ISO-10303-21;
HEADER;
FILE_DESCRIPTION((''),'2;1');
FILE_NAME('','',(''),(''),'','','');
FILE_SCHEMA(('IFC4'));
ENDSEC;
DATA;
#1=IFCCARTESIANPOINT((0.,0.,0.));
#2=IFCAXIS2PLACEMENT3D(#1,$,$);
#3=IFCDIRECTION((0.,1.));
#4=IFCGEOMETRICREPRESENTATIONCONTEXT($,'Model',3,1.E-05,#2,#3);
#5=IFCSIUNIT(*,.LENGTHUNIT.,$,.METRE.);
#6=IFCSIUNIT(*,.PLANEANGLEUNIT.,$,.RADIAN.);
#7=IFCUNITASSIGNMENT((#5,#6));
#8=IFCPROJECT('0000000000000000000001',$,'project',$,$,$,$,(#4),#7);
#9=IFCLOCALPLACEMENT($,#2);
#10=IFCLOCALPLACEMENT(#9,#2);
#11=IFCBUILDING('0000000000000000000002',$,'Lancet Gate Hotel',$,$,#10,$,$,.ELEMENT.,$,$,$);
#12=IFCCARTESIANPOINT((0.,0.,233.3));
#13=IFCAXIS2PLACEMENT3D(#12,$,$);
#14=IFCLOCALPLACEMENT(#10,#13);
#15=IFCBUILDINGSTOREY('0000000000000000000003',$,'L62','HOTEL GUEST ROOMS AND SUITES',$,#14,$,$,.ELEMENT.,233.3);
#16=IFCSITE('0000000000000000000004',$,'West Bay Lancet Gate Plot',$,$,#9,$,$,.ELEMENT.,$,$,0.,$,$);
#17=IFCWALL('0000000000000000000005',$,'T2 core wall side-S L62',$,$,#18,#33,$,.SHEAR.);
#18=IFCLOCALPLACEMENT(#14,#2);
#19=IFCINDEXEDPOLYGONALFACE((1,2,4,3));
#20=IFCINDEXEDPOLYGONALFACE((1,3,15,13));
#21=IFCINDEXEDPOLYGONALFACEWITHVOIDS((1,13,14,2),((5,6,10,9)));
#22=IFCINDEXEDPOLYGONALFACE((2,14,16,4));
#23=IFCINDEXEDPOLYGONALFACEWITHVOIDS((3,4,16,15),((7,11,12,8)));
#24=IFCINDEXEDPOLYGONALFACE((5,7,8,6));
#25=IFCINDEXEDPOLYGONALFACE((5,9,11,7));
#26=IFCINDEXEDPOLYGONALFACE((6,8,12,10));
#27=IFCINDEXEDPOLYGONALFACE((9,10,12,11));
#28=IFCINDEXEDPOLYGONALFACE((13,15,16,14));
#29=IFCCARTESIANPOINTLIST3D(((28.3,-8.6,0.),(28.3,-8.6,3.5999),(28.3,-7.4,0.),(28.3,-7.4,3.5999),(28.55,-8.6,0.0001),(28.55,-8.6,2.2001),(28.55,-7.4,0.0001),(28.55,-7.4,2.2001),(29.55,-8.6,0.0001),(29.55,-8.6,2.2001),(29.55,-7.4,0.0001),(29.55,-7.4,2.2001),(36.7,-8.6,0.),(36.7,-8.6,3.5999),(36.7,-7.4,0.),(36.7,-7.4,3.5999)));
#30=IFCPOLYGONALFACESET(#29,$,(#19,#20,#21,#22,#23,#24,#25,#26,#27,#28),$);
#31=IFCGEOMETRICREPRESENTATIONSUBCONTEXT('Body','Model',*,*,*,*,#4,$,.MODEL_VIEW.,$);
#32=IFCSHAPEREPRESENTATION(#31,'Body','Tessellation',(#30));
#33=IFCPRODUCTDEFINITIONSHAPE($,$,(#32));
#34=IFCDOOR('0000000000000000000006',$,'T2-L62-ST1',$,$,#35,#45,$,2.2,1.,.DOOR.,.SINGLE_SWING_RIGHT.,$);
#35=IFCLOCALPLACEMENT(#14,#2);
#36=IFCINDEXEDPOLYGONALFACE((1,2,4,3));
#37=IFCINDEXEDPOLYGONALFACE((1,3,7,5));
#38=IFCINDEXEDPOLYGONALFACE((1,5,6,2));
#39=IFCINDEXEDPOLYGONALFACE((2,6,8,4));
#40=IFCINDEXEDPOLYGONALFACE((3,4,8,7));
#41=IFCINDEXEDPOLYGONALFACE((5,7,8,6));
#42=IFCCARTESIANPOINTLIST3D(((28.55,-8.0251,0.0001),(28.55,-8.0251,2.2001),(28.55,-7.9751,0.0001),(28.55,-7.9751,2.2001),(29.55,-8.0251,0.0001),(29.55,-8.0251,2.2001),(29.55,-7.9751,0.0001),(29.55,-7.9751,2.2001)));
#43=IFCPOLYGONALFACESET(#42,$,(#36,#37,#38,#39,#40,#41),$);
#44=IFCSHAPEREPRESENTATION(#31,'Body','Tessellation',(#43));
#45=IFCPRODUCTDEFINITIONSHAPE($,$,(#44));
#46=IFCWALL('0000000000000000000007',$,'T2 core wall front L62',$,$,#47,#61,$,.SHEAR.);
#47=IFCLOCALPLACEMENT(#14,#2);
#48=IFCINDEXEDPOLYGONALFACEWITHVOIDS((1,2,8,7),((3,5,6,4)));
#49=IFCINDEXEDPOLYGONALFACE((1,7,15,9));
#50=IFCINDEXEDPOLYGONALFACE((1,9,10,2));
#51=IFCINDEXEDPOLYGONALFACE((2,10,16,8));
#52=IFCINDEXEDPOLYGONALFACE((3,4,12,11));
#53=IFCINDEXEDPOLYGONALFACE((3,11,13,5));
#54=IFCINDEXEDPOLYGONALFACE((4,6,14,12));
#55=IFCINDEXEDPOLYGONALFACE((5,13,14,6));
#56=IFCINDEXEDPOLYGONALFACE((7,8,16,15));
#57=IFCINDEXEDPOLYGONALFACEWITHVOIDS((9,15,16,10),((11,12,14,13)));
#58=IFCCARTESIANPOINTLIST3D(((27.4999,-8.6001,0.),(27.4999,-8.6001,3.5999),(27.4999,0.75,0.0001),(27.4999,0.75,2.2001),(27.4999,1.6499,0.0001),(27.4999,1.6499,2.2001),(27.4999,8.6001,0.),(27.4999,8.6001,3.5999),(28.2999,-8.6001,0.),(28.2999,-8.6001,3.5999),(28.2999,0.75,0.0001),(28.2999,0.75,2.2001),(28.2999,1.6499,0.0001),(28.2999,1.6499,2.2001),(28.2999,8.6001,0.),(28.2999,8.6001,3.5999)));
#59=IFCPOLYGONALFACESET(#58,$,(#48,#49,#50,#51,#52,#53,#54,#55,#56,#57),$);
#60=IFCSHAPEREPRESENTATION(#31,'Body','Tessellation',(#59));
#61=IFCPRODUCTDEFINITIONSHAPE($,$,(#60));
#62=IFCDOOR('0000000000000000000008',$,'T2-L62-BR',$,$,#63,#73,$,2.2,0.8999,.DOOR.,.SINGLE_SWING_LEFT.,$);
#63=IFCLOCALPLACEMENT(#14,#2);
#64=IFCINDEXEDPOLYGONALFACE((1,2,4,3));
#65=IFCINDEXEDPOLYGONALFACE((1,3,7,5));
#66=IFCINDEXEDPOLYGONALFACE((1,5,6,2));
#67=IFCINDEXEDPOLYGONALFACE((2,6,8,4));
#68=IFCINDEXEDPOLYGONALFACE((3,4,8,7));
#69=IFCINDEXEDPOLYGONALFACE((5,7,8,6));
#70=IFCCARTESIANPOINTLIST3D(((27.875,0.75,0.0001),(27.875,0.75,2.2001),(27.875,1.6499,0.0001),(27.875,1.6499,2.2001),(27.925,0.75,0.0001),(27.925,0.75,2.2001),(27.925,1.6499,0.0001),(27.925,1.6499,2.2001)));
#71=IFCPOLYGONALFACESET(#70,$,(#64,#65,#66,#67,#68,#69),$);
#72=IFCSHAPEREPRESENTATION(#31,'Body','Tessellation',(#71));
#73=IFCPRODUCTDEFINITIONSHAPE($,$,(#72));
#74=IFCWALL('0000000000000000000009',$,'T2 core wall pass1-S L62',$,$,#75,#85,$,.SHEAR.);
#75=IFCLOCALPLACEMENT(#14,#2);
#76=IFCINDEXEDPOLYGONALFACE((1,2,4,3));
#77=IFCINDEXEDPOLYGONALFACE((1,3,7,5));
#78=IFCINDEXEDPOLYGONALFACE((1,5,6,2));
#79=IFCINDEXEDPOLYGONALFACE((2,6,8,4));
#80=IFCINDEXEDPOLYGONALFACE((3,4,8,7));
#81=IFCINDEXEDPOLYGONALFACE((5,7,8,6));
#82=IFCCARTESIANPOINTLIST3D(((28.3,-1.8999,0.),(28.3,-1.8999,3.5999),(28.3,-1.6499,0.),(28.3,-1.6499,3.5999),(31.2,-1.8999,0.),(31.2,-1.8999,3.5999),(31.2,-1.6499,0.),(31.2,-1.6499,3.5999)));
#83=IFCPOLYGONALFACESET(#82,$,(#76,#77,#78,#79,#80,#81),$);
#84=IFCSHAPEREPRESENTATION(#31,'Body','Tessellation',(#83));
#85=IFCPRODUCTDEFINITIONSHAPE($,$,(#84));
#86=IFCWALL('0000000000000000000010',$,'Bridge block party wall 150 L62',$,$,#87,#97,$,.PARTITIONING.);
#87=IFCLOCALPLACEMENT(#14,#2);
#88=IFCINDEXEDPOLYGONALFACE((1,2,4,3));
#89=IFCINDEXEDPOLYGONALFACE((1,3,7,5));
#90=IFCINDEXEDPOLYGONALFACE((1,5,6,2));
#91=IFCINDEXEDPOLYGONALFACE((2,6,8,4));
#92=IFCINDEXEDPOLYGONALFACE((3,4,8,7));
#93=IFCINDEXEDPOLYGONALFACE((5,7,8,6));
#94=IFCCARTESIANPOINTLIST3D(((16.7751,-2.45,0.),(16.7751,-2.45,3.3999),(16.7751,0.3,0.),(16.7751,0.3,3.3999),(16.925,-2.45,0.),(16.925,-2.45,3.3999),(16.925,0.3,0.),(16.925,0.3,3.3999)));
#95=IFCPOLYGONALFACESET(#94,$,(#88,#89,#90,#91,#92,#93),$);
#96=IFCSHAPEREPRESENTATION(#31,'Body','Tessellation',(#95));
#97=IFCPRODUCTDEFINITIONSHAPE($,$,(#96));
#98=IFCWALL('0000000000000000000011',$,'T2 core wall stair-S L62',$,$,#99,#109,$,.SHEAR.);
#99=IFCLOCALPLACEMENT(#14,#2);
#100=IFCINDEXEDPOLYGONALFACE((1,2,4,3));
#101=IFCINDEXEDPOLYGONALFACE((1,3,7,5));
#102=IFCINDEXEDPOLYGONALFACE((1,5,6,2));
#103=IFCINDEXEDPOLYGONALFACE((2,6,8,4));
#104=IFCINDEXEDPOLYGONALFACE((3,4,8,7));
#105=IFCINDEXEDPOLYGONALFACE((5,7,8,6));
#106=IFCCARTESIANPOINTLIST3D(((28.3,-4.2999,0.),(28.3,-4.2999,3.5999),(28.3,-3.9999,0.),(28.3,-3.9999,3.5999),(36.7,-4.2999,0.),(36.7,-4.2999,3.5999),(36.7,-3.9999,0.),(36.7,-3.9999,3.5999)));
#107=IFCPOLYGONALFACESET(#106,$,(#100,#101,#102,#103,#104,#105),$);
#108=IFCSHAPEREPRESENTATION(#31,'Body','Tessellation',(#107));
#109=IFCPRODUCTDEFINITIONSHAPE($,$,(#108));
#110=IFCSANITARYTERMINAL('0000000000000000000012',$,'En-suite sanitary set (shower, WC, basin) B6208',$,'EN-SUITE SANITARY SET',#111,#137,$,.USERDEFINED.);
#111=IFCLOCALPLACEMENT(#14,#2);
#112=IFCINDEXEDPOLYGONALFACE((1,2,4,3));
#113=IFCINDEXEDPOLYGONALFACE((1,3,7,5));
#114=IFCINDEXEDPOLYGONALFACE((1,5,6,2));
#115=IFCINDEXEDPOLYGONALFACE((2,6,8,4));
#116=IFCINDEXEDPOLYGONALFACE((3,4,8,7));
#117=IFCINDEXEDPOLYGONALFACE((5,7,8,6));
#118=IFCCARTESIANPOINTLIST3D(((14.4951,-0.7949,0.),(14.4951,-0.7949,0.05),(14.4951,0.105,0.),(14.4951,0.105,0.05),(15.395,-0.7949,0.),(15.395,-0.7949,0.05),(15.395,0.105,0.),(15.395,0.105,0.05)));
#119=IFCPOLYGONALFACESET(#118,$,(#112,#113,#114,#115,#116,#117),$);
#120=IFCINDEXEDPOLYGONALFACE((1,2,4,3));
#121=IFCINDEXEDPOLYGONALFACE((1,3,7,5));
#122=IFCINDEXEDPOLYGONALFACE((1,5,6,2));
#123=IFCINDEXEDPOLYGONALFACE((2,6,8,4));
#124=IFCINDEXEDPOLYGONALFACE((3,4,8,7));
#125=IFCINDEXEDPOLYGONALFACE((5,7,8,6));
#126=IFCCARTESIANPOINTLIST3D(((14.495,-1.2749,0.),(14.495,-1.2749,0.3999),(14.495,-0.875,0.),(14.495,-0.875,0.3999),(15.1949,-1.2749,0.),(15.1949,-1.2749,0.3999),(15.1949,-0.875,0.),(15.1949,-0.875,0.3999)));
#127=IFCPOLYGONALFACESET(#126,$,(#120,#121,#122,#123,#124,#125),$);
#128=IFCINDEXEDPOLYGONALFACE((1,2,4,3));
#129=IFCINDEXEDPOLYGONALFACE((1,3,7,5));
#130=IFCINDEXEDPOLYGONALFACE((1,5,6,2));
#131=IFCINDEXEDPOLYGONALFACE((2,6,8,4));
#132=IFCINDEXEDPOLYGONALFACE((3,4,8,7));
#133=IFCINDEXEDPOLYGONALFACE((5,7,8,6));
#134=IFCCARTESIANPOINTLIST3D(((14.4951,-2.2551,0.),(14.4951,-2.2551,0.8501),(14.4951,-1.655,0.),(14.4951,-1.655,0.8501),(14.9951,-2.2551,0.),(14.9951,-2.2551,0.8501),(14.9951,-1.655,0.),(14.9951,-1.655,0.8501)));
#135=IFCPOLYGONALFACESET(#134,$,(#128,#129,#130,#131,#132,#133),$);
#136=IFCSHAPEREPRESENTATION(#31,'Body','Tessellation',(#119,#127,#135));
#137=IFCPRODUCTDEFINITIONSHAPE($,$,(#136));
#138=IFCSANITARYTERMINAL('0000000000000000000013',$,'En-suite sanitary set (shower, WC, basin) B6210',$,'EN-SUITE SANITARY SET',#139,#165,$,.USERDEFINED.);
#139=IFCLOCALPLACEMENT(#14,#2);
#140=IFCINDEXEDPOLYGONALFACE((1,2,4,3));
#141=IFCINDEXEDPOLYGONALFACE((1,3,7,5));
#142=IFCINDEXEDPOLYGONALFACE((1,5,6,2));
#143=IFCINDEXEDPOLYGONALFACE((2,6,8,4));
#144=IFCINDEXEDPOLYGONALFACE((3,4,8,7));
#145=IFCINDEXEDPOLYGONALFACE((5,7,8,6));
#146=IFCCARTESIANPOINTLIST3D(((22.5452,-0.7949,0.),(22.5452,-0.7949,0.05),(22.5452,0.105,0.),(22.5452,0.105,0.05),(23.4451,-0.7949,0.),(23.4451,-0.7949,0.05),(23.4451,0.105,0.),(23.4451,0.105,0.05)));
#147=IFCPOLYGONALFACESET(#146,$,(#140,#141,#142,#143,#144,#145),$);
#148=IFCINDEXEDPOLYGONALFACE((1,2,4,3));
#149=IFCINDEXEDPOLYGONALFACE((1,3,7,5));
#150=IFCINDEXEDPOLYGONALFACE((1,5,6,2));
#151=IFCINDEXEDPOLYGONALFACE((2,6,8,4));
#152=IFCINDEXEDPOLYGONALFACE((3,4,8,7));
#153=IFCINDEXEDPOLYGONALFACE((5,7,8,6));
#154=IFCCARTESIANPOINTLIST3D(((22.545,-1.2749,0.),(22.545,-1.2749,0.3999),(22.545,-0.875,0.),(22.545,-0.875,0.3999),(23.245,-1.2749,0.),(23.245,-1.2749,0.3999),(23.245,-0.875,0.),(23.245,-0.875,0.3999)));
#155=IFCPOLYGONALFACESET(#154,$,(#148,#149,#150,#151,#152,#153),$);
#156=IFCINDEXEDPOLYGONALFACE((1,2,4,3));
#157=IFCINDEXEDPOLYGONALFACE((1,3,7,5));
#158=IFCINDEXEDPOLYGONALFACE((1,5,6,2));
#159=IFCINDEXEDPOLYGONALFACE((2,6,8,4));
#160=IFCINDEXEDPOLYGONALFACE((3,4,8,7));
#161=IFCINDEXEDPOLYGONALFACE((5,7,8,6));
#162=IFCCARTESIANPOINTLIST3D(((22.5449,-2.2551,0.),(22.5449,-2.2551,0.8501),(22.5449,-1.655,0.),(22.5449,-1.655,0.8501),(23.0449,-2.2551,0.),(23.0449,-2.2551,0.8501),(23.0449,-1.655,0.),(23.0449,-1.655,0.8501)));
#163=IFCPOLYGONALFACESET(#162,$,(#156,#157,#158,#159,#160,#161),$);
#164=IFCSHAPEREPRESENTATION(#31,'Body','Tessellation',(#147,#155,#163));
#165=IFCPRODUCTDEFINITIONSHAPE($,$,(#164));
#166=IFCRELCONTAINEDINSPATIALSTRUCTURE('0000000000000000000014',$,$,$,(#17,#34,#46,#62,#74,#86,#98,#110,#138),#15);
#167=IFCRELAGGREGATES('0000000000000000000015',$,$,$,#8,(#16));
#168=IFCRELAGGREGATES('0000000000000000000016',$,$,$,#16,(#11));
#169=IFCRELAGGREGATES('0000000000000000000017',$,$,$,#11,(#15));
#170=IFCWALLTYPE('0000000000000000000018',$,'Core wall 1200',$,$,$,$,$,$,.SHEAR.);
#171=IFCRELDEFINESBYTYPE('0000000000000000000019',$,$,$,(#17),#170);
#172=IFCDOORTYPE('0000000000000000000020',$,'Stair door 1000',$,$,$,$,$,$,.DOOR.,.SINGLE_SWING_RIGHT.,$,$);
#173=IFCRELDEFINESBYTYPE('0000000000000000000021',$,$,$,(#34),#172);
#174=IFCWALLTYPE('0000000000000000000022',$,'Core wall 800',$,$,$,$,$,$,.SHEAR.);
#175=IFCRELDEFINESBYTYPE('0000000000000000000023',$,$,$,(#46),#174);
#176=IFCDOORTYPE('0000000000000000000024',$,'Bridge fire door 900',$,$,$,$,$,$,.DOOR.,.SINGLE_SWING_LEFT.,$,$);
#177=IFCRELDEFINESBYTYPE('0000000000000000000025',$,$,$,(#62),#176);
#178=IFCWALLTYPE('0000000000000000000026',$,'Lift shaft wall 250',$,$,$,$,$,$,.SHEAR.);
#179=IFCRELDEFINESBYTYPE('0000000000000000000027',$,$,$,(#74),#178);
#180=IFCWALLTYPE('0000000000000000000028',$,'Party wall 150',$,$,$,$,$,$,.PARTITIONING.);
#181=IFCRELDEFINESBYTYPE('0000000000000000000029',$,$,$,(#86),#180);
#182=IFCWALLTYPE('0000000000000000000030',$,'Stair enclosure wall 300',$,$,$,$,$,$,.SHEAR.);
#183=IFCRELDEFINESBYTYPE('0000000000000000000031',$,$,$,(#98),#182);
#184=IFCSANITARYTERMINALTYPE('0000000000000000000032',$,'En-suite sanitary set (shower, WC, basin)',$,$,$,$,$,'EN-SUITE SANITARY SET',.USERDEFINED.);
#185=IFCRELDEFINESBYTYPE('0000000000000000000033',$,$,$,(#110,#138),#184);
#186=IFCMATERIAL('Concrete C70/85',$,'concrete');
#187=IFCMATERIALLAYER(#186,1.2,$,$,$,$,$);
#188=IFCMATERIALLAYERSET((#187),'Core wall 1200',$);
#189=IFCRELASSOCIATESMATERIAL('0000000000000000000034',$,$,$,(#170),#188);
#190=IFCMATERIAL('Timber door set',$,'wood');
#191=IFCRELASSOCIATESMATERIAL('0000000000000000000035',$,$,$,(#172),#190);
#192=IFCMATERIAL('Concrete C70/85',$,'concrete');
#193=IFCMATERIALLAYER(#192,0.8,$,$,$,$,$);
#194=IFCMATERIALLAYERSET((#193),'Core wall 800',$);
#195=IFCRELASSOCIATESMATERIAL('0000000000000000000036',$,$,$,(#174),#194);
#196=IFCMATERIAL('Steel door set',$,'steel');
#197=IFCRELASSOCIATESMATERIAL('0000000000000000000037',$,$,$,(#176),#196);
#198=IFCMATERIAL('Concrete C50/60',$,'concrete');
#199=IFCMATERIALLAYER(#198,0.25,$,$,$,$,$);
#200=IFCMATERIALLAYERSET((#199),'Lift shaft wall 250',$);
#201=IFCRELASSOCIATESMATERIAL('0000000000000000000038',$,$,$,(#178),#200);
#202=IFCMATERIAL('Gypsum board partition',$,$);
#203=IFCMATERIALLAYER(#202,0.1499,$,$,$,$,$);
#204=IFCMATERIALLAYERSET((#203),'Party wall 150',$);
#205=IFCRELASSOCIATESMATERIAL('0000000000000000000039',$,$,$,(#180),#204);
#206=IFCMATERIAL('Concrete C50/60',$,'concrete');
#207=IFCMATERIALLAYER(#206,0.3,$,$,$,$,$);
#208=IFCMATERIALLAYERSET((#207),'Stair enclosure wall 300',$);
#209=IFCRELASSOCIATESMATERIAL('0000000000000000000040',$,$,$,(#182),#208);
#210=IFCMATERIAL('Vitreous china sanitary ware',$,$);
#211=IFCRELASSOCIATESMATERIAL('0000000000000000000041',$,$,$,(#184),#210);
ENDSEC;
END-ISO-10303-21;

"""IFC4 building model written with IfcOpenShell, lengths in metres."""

from ifc_helpers import new_model, si_unit, direction, frame, frame_2d, origin, origin_2d, place, context, subcontext, project, spatial, rectangle, extrude, material, layer, layer_set, type_object, element, fill, save


model = new_model("IFC4")

# Units and contexts
model_context = context("Model", 3, precision=1e-05, world=origin(), true_north=direction((0.0, 1.0)))
body_context = subcontext(model_context, "Body", "Model", "MODEL_VIEW")
ifc_project = project(units=[si_unit("LENGTHUNIT", "METRE"), si_unit("PLANEANGLEUNIT", "RADIAN")], contexts=[model_context])

# Site, building, storey
site_placement = place(None, origin())
site = spatial("IfcSite", under=ifc_project, at=site_placement, Name="West Bay Lancet Gate Plot", CompositionType="ELEMENT", RefElevation=0.0)
building_placement = place(site_placement, origin())
building = spatial("IfcBuilding", under=site, at=building_placement, Name="Lancet Gate Hotel", CompositionType="ELEMENT")
storey_placement = place(building_placement, frame((0.0, 0.0, 233.3)))
storey = spatial("IfcBuildingStorey", under=building, at=storey_placement, Name="L62", Description="HOTEL GUEST ROOMS AND SUITES", CompositionType="ELEMENT", Elevation=233.3)

# Walls, openings, doors
ifc_material_1 = material(Name="Concrete C70/85", Category="concrete")
ifc_layer_1 = layer(ifc_material_1, 1.2)
ifc_layer_set_1 = layer_set([ifc_layer_1], Name="Core wall 1200")
wall_type_1 = type_object("IfcWallType", Name="Core wall 1200", PredefinedType="SHEAR", material=ifc_layer_set_1)
wall_1_placement = place(storey_placement, frame((28.3, -8.0, 0.0), z_axis=(0.0, 0.0, 1.0), x_axis=(1.0, 0.0, 0.0)))
wall_1 = element("IfcWall", 1, at=wall_1_placement, inside=storey, type_object=wall_type_1, Name="T2 core wall side-S L62", PredefinedType="SHEAR", context=body_context, shape_type="SweptSolid", body=[
    extrude(rectangle(XDim=8.3999, YDim=1.2, at=frame_2d((4.2, 0.0))), origin(), (0.0, 0.0, 1.0), 3.5999),
])
opening_1_placement = place(wall_1_placement, frame((0.25, 0.0, 0.0)))
opening_1 = element("IfcOpeningElement", 2, at=opening_1_placement, cuts=wall_1, PredefinedType="OPENING", context=body_context, shape_type="SweptSolid", body=[
    extrude(rectangle(XDim=1.0, YDim=2.2, at=frame_2d((0.5, 1.1001))), frame((0.0, 0.6099, 0.0), z_axis=(0.0, -1.0, 0.0), x_axis=(1.0, 0.0, 0.0)), (0.0, 0.0, 1.0), 1.22),
])
ifc_material_2 = material(Name="Timber door set", Category="wood")
door_type_1 = type_object("IfcDoorType", Name="Stair door 1000", OperationType="SINGLE_SWING_RIGHT", PredefinedType="DOOR", material=ifc_material_2)
door_1_placement = place(opening_1_placement, origin())
door_1 = element("IfcDoor", 3, at=door_1_placement, inside=storey, type_object=door_type_1, Name="T2-L62-ST1", OperationType="SINGLE_SWING_RIGHT", OverallHeight=2.2, OverallWidth=1.0, PredefinedType="DOOR", context=body_context, shape_type="SweptSolid", body=[
    extrude(rectangle(XDim=1.0, YDim=2.2, at=frame_2d((0.5, 1.1001))), frame((0.0, 0.0249, 0.0), z_axis=(0.0, -1.0, 0.0), x_axis=(1.0, 0.0, 0.0)), (0.0, 0.0, 1.0), 0.05),
])
fill(opening_1, door_1)
ifc_material_3 = material(Name="Concrete C70/85", Category="concrete")
ifc_layer_2 = layer(ifc_material_3, 0.8)
ifc_layer_set_2 = layer_set([ifc_layer_2], Name="Core wall 800")
wall_type_2 = type_object("IfcWallType", Name="Core wall 800", PredefinedType="SHEAR", material=ifc_layer_set_2)
wall_2_placement = place(storey_placement, frame((27.8999, -8.6001, 0.0), z_axis=(0.0, 0.0, 1.0), x_axis=(0.0, 1.0, 0.0)))
wall_2 = element("IfcWall", 4, at=wall_2_placement, inside=storey, type_object=wall_type_2, Name="T2 core wall front L62", PredefinedType="SHEAR", context=body_context, shape_type="SweptSolid", body=[
    extrude(rectangle(XDim=17.2002, YDim=0.8, at=frame_2d((8.6001, 0.0))), origin(), (0.0, 0.0, 1.0), 3.5999),
])
opening_2_placement = place(wall_2_placement, frame((9.3501, 0.0, 0.0)))
opening_2 = element("IfcOpeningElement", 5, at=opening_2_placement, cuts=wall_2, PredefinedType="OPENING", context=body_context, shape_type="SweptSolid", body=[
    extrude(rectangle(XDim=0.8999, YDim=2.2, at=frame_2d((0.45, 1.1001))), frame((0.0, 0.4099, 0.0), z_axis=(0.0, -1.0, 0.0), x_axis=(1.0, 0.0, 0.0)), (0.0, 0.0, 1.0), 0.8201),
])
ifc_material_4 = material(Name="Steel door set", Category="steel")
door_type_2 = type_object("IfcDoorType", Name="Bridge fire door 900", OperationType="SINGLE_SWING_LEFT", PredefinedType="DOOR", material=ifc_material_4)
door_2_placement = place(opening_2_placement, origin())
door_2 = element("IfcDoor", 6, at=door_2_placement, inside=storey, type_object=door_type_2, Name="T2-L62-BR", OperationType="SINGLE_SWING_LEFT", OverallHeight=2.2, OverallWidth=0.8999, PredefinedType="DOOR", context=body_context, shape_type="SweptSolid", body=[
    extrude(rectangle(XDim=0.8999, YDim=2.2, at=frame_2d((0.45, 1.1001))), frame((0.0, 0.0249, 0.0), z_axis=(0.0, -1.0, 0.0), x_axis=(1.0, 0.0, 0.0)), (0.0, 0.0, 1.0), 0.05),
])
fill(opening_2, door_2)

# Walls
ifc_material_5 = material(Name="Concrete C50/60", Category="concrete")
ifc_layer_3 = layer(ifc_material_5, 0.25)
ifc_layer_set_3 = layer_set([ifc_layer_3], Name="Lift shaft wall 250")
wall_type_3 = type_object("IfcWallType", Name="Lift shaft wall 250", PredefinedType="SHEAR", material=ifc_layer_set_3)
wall_3_placement = place(storey_placement, frame((28.3, -1.7749, 0.0), z_axis=(0.0, 0.0, 1.0), x_axis=(1.0, 0.0, 0.0)))
element("IfcWall", 7, at=wall_3_placement, inside=storey, type_object=wall_type_3, Name="T2 core wall pass1-S L62", PredefinedType="SHEAR", context=body_context, shape_type="SweptSolid", body=[
    extrude(rectangle(XDim=2.8999, YDim=0.25, at=frame_2d((1.45, 0.0))), origin(), (0.0, 0.0, 1.0), 3.5999),
])
ifc_material_6 = material(Name="Gypsum board partition")
ifc_layer_4 = layer(ifc_material_6, 0.1499)
ifc_layer_set_4 = layer_set([ifc_layer_4], Name="Party wall 150")
wall_type_4 = type_object("IfcWallType", Name="Party wall 150", PredefinedType="PARTITIONING", material=ifc_layer_set_4)
wall_4_placement = place(storey_placement, frame((16.8501, -2.45, 0.0), z_axis=(0.0, 0.0, 1.0), x_axis=(0.0, 1.0, 0.0)))
element("IfcWall", 8, at=wall_4_placement, inside=storey, type_object=wall_type_4, Name="Bridge block party wall 150 L62", PredefinedType="PARTITIONING", context=body_context, shape_type="SweptSolid", body=[
    extrude(rectangle(XDim=2.75, YDim=0.1499, at=frame_2d((1.375, 0.0))), origin(), (0.0, 0.0, 1.0), 3.3999),
])
ifc_material_7 = material(Name="Concrete C50/60", Category="concrete")
ifc_layer_5 = layer(ifc_material_7, 0.3)
ifc_layer_set_5 = layer_set([ifc_layer_5], Name="Stair enclosure wall 300")
wall_type_5 = type_object("IfcWallType", Name="Stair enclosure wall 300", PredefinedType="SHEAR", material=ifc_layer_set_5)
wall_5_placement = place(storey_placement, frame((28.3, -4.1499, 0.0), z_axis=(0.0, 0.0, 1.0), x_axis=(1.0, 0.0, 0.0)))
element("IfcWall", 9, at=wall_5_placement, inside=storey, type_object=wall_type_5, Name="T2 core wall stair-S L62", PredefinedType="SHEAR", context=body_context, shape_type="SweptSolid", body=[
    extrude(rectangle(XDim=8.3999, YDim=0.3, at=frame_2d((4.2, 0.0))), origin(), (0.0, 0.0, 1.0), 3.5999),
])

# Sanitary terminals
ifc_material_8 = material(Name="Vitreous china sanitary ware")
sanitary_terminal_type = type_object("IfcSanitaryTerminalType", Name="En-suite sanitary set (shower, WC, basin)", ElementType="EN-SUITE SANITARY SET", PredefinedType="USERDEFINED", material=ifc_material_8)
sanitary_terminal_1_placement = place(storey_placement, frame((14.9451, -0.345, 0.0), z_axis=(0.0, 0.0, 1.0), x_axis=(1.0, 0.0, 0.0)))
element("IfcSanitaryTerminal", 10, at=sanitary_terminal_1_placement, inside=storey, type_object=sanitary_terminal_type, Name="En-suite sanitary set (shower, WC, basin) B6208", ObjectType="EN-SUITE SANITARY SET", PredefinedType="USERDEFINED", context=body_context, shape_type="SweptSolid", body=[
    extrude(rectangle(XDim=0.8999, YDim=0.8999, at=origin_2d()), frame((0.0, 0.0, 0.0), z_axis=(0.0, 0.0, 1.0), x_axis=(0.0, 1.0, 0.0)), (0.0, 0.0, 1.0), 0.05),
    extrude(rectangle(XDim=0.3999, YDim=0.7, at=origin_2d()), frame((-0.1001, -0.73, 0.0), z_axis=(0.0, 0.0, 1.0), x_axis=(0.0, 1.0, 0.0)), (0.0, 0.0, 1.0), 0.3999),
    extrude(rectangle(XDim=0.6001, YDim=0.5, at=origin_2d()), frame((-0.2, -1.6101, 0.0), z_axis=(0.0, 0.0, 1.0), x_axis=(0.0, 1.0, 0.0)), (0.0, 0.0, 1.0), 0.8501),
])
sanitary_terminal_2_placement = place(storey_placement, frame((22.9951, -0.345, 0.0), z_axis=(0.0, 0.0, 1.0), x_axis=(1.0, 0.0, 0.0)))
element("IfcSanitaryTerminal", 11, at=sanitary_terminal_2_placement, inside=storey, type_object=sanitary_terminal_type, Name="En-suite sanitary set (shower, WC, basin) B6210", ObjectType="EN-SUITE SANITARY SET", PredefinedType="USERDEFINED", context=body_context, shape_type="SweptSolid", body=[
    extrude(rectangle(XDim=0.8999, YDim=0.8999, at=origin_2d()), frame((0.0, 0.0, 0.0), z_axis=(0.0, 0.0, 1.0), x_axis=(0.0, 1.0, 0.0)), (0.0, 0.0, 1.0), 0.05),
    extrude(rectangle(XDim=0.3999, YDim=0.7, at=origin_2d()), frame((-0.1001, -0.73, 0.0), z_axis=(0.0, 0.0, 1.0), x_axis=(0.0, 1.0, 0.0)), (0.0, 0.0, 1.0), 0.3999),
    extrude(rectangle(XDim=0.6001, YDim=0.5, at=origin_2d()), frame((-0.2002, -1.6101, 0.0), z_axis=(0.0, 0.0, 1.0), x_axis=(0.0, 1.0, 0.0)), (0.0, 0.0, 1.0), 0.8501),
])

save(model, "model.ifc")
